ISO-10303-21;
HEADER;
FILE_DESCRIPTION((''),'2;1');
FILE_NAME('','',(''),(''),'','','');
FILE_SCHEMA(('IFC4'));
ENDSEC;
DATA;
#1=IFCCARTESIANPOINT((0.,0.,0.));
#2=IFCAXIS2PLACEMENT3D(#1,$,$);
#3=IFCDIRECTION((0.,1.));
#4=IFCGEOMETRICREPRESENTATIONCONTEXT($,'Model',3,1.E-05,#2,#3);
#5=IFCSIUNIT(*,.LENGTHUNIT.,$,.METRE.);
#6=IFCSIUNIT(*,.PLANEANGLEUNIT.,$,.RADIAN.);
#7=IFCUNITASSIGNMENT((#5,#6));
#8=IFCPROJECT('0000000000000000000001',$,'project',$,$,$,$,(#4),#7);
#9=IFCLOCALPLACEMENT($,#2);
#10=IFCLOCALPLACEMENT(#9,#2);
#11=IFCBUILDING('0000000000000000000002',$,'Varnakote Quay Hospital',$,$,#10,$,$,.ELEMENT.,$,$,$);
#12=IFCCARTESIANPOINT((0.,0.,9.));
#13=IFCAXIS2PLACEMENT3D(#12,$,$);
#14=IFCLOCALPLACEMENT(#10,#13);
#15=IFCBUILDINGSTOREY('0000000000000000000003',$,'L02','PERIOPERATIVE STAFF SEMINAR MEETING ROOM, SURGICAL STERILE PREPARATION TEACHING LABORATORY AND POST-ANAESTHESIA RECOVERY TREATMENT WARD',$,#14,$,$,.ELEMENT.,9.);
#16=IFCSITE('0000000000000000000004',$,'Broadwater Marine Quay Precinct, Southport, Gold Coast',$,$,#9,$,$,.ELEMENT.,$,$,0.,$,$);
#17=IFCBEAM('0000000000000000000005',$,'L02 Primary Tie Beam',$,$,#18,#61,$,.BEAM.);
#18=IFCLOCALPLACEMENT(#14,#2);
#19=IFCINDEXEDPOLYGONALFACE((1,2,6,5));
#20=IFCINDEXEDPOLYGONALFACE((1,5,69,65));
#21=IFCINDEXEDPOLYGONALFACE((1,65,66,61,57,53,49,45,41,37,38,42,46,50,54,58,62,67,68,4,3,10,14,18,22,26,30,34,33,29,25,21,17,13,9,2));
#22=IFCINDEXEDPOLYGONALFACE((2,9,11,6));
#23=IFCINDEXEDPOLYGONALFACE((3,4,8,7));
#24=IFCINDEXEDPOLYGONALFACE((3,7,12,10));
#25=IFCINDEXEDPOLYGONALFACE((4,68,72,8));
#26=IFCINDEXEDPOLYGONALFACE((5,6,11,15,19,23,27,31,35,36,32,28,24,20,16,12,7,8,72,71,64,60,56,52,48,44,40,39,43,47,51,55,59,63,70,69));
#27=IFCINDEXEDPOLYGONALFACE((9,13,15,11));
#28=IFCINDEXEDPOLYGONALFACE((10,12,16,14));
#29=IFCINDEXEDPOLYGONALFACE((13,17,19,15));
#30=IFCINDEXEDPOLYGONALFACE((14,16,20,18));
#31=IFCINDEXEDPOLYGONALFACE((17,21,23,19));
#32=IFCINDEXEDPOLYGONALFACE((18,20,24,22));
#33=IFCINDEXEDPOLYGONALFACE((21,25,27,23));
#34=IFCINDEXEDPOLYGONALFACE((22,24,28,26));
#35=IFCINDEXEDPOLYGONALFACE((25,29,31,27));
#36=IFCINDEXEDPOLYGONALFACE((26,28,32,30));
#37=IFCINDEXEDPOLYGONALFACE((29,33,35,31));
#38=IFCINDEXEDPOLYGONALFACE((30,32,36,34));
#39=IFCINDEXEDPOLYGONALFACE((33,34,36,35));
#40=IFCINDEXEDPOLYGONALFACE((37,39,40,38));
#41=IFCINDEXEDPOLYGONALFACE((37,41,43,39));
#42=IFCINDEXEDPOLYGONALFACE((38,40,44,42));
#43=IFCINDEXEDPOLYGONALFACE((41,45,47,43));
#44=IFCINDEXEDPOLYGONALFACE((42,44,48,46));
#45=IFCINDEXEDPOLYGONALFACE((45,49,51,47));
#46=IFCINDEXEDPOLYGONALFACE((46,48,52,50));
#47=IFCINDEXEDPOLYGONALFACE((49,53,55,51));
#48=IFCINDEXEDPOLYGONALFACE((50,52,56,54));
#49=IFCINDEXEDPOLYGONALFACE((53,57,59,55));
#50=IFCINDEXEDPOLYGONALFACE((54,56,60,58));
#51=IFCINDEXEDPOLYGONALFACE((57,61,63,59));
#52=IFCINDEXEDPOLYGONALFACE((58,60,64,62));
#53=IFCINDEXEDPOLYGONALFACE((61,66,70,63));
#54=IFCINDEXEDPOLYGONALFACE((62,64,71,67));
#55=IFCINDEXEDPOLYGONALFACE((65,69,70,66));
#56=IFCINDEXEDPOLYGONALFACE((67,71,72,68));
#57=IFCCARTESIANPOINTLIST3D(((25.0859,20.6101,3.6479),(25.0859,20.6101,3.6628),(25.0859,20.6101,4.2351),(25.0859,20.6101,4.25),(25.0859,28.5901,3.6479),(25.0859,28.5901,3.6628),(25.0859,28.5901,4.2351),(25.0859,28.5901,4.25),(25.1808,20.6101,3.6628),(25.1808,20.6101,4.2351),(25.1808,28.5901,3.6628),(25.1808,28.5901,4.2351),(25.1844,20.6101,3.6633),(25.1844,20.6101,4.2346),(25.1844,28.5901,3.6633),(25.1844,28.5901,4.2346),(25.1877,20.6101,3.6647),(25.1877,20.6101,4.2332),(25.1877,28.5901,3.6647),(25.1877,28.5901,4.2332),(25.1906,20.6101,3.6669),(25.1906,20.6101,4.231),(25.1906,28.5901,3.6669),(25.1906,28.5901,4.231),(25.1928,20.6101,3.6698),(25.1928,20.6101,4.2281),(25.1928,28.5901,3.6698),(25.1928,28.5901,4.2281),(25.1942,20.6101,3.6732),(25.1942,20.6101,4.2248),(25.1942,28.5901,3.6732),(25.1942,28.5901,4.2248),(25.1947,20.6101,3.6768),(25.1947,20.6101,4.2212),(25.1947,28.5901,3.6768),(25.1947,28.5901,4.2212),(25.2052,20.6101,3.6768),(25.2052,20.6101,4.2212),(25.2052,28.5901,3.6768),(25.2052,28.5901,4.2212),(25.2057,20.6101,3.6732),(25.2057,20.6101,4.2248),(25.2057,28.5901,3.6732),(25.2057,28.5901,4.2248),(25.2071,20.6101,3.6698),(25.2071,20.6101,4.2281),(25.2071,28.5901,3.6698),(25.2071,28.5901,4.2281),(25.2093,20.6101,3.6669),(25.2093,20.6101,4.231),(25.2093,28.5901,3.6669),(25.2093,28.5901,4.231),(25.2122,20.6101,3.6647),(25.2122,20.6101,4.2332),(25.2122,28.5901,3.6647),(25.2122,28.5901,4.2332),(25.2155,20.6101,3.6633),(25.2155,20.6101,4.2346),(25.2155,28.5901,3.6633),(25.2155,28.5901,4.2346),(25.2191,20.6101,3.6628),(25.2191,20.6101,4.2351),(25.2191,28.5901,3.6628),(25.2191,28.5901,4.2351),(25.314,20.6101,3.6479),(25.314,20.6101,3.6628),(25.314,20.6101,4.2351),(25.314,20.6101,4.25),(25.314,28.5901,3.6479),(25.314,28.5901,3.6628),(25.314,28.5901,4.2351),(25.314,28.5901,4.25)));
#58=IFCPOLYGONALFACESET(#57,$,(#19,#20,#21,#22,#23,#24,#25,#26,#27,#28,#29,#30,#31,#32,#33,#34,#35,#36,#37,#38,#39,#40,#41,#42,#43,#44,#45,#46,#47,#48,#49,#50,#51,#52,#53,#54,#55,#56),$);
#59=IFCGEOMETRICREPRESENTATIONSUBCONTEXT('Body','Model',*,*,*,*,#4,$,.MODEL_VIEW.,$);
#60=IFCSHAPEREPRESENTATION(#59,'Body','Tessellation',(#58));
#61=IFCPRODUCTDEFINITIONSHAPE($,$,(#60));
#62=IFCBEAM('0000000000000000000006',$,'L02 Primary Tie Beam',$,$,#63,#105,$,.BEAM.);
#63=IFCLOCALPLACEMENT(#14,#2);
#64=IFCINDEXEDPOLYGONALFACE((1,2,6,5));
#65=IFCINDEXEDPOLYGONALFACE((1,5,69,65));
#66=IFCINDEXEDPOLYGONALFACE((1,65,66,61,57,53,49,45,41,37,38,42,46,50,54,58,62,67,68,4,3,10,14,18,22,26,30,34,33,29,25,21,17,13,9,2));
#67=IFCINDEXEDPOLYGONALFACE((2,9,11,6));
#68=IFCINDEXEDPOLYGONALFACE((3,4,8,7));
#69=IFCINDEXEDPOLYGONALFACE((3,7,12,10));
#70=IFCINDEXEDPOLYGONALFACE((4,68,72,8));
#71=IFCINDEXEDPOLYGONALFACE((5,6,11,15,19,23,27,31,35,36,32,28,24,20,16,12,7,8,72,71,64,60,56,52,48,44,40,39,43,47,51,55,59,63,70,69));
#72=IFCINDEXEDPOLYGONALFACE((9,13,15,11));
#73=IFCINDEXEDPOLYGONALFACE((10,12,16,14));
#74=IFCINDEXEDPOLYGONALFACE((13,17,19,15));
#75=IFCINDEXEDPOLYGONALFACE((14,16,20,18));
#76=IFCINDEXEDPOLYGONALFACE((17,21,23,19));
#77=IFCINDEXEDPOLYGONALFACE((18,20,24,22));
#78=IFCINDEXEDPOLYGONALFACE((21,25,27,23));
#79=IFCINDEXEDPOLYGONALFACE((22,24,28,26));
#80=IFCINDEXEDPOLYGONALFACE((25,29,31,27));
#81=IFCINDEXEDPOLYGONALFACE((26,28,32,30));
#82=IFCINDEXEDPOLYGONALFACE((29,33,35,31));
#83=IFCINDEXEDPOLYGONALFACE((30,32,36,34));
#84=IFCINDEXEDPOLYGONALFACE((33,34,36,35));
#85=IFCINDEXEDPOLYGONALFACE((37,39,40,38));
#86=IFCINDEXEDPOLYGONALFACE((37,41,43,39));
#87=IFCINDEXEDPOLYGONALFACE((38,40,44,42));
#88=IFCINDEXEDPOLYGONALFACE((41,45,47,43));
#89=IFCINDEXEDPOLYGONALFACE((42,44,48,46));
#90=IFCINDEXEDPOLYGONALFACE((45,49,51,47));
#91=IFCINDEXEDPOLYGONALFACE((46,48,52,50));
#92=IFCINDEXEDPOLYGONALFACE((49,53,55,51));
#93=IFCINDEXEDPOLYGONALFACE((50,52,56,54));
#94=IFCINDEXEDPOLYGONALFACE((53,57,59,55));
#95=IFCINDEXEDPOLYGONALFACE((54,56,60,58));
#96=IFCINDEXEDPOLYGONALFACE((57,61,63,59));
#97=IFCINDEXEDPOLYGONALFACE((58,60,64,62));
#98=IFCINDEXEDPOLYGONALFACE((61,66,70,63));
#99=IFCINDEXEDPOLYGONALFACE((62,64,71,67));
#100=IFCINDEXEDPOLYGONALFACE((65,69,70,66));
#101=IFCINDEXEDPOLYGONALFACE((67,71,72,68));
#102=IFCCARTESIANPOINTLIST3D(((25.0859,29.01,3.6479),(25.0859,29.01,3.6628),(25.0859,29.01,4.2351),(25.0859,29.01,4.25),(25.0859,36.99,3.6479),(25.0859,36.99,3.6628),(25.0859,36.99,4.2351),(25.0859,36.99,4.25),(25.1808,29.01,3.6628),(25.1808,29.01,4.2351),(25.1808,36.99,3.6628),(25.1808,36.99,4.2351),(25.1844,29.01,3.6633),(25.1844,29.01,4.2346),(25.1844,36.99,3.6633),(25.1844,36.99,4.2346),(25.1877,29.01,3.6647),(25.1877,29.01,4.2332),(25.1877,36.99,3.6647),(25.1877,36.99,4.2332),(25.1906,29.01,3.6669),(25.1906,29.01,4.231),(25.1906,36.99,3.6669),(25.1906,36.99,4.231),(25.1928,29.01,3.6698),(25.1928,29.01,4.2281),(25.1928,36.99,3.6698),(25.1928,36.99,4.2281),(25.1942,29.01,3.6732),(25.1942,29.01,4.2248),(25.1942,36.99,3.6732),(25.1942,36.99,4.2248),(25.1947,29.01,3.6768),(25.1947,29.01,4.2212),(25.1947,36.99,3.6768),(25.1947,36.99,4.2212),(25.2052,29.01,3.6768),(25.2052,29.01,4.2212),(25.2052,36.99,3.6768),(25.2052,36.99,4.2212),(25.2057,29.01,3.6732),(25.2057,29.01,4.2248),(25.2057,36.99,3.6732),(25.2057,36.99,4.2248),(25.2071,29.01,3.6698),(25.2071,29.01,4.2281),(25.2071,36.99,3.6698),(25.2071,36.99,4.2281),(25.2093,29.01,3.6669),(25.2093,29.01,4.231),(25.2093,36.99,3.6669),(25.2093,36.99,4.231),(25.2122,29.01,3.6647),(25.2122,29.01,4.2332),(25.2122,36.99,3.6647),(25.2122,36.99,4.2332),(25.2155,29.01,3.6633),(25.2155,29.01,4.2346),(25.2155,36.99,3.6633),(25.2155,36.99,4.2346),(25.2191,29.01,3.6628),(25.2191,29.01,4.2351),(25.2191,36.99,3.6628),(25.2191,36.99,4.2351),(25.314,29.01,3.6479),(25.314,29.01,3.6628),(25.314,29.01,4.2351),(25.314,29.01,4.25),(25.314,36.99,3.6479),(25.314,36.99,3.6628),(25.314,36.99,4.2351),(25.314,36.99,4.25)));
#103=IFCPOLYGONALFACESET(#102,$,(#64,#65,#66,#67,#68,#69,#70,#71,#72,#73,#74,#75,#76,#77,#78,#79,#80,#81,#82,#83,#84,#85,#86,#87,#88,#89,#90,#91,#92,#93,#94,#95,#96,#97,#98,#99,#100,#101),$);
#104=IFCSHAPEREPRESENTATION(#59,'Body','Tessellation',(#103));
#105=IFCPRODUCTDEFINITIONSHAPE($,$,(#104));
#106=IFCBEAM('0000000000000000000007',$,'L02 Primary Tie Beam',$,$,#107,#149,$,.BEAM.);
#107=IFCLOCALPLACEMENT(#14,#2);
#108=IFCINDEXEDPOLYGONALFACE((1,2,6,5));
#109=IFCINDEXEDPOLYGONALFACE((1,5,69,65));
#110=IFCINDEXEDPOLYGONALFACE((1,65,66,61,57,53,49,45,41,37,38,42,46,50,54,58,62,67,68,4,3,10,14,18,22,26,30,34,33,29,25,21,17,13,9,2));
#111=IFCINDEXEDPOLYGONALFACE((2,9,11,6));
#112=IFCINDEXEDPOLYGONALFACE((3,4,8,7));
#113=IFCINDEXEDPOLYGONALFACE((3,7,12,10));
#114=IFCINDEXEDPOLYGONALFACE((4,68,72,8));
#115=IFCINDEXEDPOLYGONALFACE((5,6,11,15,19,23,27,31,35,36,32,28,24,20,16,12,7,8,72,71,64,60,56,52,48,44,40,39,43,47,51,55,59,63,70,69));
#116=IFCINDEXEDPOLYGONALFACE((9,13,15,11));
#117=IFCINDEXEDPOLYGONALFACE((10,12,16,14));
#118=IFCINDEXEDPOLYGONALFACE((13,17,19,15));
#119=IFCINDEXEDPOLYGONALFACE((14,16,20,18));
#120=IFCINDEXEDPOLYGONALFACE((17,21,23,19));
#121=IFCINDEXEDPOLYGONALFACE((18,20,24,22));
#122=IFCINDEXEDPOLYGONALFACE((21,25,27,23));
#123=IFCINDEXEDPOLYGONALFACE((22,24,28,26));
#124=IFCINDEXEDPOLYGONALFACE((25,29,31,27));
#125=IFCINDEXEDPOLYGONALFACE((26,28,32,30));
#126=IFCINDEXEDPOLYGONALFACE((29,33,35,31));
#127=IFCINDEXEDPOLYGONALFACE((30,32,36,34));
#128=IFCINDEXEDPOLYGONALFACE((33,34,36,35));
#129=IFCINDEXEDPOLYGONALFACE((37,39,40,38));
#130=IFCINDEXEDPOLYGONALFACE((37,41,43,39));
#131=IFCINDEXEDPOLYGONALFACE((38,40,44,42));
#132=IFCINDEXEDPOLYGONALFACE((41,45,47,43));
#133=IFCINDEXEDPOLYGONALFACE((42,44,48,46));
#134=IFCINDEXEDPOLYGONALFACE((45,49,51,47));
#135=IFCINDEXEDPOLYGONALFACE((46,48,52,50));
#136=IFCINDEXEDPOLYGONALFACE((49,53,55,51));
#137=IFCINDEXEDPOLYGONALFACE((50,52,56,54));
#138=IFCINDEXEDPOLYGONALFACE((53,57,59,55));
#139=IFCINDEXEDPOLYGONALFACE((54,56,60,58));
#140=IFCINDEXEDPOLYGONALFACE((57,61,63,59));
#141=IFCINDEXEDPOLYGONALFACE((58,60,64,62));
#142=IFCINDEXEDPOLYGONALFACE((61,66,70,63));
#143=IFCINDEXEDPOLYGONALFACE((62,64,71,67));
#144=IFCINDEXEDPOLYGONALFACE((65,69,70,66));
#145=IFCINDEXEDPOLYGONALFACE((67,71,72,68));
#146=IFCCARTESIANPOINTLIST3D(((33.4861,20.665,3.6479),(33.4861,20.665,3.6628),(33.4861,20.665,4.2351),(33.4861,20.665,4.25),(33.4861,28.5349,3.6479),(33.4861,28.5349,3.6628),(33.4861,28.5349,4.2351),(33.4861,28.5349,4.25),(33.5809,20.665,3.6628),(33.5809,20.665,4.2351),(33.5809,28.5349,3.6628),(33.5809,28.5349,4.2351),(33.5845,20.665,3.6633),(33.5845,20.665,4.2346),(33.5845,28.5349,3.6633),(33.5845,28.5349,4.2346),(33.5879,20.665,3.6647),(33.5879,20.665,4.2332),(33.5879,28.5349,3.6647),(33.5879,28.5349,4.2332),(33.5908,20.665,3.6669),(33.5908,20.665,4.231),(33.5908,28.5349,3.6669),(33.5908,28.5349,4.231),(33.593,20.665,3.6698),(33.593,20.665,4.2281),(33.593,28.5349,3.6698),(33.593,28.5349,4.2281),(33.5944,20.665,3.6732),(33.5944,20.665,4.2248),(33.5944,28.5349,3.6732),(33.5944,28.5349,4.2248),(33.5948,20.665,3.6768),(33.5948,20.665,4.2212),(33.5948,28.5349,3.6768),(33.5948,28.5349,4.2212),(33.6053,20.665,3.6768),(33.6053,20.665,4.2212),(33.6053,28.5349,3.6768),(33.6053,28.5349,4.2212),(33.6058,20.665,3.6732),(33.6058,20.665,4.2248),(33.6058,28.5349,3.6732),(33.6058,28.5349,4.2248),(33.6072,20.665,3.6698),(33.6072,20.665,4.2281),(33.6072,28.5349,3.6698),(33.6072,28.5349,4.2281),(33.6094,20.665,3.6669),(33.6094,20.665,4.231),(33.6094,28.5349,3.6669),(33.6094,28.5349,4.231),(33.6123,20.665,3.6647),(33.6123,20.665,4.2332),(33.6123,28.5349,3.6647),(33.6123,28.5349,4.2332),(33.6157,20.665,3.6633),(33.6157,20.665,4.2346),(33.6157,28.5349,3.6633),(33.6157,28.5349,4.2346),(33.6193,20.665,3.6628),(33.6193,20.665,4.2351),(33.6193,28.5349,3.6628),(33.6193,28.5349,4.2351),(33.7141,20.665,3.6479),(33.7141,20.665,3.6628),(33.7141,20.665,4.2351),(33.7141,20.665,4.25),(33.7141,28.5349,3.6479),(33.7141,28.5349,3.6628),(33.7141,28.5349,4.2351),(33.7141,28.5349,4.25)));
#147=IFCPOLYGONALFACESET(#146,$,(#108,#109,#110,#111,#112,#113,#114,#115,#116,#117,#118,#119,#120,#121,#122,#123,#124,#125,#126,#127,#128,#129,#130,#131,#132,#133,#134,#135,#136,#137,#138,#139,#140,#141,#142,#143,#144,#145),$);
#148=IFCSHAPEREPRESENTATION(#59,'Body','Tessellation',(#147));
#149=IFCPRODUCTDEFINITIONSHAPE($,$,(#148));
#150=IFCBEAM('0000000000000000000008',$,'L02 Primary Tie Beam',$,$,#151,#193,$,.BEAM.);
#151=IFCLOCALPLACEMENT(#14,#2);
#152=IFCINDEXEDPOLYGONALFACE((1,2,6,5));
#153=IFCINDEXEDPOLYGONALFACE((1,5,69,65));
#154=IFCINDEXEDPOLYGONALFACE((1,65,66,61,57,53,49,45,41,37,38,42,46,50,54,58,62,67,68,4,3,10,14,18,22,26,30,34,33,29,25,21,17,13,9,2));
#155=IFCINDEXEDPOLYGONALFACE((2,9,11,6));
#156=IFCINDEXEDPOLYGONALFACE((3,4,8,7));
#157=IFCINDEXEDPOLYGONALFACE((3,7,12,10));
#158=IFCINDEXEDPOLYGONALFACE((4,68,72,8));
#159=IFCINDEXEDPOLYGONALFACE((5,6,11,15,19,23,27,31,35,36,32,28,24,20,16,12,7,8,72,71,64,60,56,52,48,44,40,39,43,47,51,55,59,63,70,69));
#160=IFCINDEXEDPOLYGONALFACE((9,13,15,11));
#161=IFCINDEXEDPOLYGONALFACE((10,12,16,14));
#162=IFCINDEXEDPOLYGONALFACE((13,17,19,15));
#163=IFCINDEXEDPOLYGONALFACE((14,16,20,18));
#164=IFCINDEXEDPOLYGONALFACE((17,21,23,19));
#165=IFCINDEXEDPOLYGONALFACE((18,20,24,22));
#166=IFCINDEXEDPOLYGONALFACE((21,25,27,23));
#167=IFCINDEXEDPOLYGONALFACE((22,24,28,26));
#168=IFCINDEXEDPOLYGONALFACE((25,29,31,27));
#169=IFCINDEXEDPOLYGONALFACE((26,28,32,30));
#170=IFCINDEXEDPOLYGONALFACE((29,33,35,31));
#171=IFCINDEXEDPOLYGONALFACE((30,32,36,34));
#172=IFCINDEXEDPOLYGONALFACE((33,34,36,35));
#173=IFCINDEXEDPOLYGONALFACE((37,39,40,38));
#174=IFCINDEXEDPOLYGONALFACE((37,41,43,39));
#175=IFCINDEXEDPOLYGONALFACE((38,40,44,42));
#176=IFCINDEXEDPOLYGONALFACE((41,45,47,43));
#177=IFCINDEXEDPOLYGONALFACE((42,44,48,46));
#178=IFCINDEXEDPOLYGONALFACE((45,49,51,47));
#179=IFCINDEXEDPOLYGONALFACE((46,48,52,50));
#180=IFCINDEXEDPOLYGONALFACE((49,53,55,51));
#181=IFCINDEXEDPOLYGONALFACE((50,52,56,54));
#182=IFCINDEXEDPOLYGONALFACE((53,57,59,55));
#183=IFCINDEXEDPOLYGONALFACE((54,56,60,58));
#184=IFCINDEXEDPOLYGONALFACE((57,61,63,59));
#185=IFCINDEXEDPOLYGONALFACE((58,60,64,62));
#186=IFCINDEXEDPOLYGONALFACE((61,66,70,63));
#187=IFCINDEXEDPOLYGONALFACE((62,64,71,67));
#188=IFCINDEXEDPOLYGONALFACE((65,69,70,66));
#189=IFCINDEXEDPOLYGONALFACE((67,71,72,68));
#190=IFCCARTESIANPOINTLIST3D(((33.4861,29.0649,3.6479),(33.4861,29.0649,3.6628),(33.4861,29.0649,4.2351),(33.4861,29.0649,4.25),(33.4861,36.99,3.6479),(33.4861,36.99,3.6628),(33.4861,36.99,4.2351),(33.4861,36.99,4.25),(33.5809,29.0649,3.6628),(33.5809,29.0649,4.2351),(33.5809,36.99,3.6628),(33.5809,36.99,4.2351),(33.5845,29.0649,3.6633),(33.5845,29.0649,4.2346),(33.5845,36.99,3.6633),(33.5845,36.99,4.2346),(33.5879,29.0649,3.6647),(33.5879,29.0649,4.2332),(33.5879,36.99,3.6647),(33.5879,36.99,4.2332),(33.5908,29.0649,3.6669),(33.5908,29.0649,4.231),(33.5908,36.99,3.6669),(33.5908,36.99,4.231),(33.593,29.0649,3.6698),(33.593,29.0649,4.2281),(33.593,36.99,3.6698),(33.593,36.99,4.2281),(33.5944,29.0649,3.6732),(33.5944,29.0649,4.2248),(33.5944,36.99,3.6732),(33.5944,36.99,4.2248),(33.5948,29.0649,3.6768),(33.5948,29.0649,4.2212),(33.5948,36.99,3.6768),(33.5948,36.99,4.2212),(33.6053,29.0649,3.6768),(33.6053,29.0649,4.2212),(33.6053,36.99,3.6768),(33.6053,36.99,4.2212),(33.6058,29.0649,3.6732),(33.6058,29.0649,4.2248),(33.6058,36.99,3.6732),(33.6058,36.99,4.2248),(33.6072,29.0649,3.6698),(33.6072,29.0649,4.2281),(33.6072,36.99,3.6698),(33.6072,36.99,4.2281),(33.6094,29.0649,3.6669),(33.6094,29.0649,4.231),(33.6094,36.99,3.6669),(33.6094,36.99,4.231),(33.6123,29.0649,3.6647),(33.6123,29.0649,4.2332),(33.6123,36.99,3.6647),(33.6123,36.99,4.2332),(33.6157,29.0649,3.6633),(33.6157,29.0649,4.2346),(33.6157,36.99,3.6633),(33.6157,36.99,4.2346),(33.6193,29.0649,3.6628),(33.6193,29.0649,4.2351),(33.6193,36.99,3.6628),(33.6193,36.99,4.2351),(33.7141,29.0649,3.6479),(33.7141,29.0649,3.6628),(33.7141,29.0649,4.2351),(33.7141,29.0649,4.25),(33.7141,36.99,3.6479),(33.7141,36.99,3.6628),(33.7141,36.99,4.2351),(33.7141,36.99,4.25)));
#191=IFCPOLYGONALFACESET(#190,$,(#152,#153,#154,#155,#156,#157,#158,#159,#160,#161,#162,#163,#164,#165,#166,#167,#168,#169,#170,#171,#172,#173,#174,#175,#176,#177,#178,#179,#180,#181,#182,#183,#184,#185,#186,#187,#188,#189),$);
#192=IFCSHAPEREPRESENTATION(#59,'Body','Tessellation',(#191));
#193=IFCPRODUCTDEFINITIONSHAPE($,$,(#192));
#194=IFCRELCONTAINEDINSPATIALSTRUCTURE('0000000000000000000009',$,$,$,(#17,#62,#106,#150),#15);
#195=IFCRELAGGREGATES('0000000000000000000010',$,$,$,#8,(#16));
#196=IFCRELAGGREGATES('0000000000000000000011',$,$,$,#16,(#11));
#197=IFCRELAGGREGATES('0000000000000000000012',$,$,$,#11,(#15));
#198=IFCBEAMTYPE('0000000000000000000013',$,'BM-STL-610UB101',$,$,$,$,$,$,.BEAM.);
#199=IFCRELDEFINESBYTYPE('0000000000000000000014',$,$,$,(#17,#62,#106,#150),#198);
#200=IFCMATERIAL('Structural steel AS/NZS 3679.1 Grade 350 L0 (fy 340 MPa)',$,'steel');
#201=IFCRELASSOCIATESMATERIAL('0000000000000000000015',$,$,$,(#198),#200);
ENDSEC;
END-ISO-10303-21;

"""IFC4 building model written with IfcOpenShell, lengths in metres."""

from ifc_helpers import new_model, si_unit, direction, frame, origin, origin_2d, place, context, subcontext, project, spatial, i_section, extrude, material, material_profile, profile_set, type_object, element, save


model = new_model("IFC4")

# Units and contexts
model_context = context("Model", 3, precision=1e-05, world=origin(), true_north=direction((0.0, 1.0)))
body_context = subcontext(model_context, "Body", "Model", "MODEL_VIEW")
ifc_project = project(units=[si_unit("LENGTHUNIT", "METRE"), si_unit("PLANEANGLEUNIT", "RADIAN")], contexts=[model_context])

# Site, building, storey
site_placement = place(None, origin())
site = spatial("IfcSite", under=ifc_project, at=site_placement, Name="Broadwater Marine Quay Precinct, Southport, Gold Coast", CompositionType="ELEMENT", RefElevation=0.0)
building_placement = place(site_placement, origin())
building = spatial("IfcBuilding", under=site, at=building_placement, Name="Varnakote Quay Hospital", CompositionType="ELEMENT")
storey_placement = place(building_placement, frame((0.0, 0.0, 9.0)))
storey = spatial("IfcBuildingStorey", under=building, at=storey_placement, Name="L02", Description="PERIOPERATIVE STAFF SEMINAR MEETING ROOM, SURGICAL STERILE PREPARATION TEACHING LABORATORY AND POST-ANAESTHESIA RECOVERY TREATMENT WARD", CompositionType="ELEMENT", Elevation=9.0)

# Beams
ifc_material_1 = material(Name="Structural steel AS/NZS 3679.1 Grade 350 L0 (fy 340 MPa)", Category="steel")
ifc_material_profile_1 = material_profile(ifc_material_1, i_section(OverallWidth=0.228, OverallDepth=0.6021, WebThickness=0.0105, FlangeThickness=0.0149, FilletRadius=0.0139, at=origin_2d()), Name="610UB101")
ifc_profile_set_1 = profile_set([ifc_material_profile_1], Name="Structural steel AS/NZS 3679.1 Grade 350 L0 (fy 340 MPa)")
beam_type_1 = type_object("IfcBeamType", Name="BM-STL-610UB101", PredefinedType="BEAM", material=ifc_profile_set_1)
for number, where, z_axis, x_axis, name in (
    (1, (25.2, 20.6101, 3.949), (0.0, 1.0, 0.0), (-1.0, 0.0, 0.0), "L02 Primary Tie Beam"),
    (2, (25.2, 29.01, 3.949), (0.0, 1.0, 0.0), (-1.0, 0.0, 0.0), "L02 Primary Tie Beam"),
):
    element("IfcBeam", number, at=place(storey_placement, frame(where, z_axis=z_axis, x_axis=x_axis)), inside=storey, type_object=beam_type_1, Name=name, PredefinedType="BEAM", context=body_context, shape_type="SweptSolid", body=[
        extrude(i_section(OverallWidth=0.228, OverallDepth=0.6021, WebThickness=0.0105, FlangeThickness=0.0149, FilletRadius=0.0139, at=origin_2d()), origin(), (0.0, 0.0, 1.0), 7.98),
    ])
beam_1_placement = place(storey_placement, frame((33.6001, 20.665, 3.949), z_axis=(0.0, 1.0, 0.0), x_axis=(-1.0, 0.0, 0.0)))
element("IfcBeam", 3, at=beam_1_placement, inside=storey, type_object=beam_type_1, Name="L02 Primary Tie Beam", PredefinedType="BEAM", context=body_context, shape_type="SweptSolid", body=[
    extrude(i_section(OverallWidth=0.228, OverallDepth=0.6021, WebThickness=0.0105, FlangeThickness=0.0149, FilletRadius=0.0139, at=origin_2d()), origin(), (0.0, 0.0, 1.0), 7.8699),
])
beam_2_placement = place(storey_placement, frame((33.6001, 29.0649, 3.949), z_axis=(0.0, 1.0, 0.0), x_axis=(-1.0, 0.0, 0.0)))
element("IfcBeam", 4, at=beam_2_placement, inside=storey, type_object=beam_type_1, Name="L02 Primary Tie Beam", PredefinedType="BEAM", context=body_context, shape_type="SweptSolid", body=[
    extrude(i_section(OverallWidth=0.228, OverallDepth=0.6021, WebThickness=0.0105, FlangeThickness=0.0149, FilletRadius=0.0139, at=origin_2d()), origin(), (0.0, 0.0, 1.0), 7.925),
])

save(model, "model.ifc")
